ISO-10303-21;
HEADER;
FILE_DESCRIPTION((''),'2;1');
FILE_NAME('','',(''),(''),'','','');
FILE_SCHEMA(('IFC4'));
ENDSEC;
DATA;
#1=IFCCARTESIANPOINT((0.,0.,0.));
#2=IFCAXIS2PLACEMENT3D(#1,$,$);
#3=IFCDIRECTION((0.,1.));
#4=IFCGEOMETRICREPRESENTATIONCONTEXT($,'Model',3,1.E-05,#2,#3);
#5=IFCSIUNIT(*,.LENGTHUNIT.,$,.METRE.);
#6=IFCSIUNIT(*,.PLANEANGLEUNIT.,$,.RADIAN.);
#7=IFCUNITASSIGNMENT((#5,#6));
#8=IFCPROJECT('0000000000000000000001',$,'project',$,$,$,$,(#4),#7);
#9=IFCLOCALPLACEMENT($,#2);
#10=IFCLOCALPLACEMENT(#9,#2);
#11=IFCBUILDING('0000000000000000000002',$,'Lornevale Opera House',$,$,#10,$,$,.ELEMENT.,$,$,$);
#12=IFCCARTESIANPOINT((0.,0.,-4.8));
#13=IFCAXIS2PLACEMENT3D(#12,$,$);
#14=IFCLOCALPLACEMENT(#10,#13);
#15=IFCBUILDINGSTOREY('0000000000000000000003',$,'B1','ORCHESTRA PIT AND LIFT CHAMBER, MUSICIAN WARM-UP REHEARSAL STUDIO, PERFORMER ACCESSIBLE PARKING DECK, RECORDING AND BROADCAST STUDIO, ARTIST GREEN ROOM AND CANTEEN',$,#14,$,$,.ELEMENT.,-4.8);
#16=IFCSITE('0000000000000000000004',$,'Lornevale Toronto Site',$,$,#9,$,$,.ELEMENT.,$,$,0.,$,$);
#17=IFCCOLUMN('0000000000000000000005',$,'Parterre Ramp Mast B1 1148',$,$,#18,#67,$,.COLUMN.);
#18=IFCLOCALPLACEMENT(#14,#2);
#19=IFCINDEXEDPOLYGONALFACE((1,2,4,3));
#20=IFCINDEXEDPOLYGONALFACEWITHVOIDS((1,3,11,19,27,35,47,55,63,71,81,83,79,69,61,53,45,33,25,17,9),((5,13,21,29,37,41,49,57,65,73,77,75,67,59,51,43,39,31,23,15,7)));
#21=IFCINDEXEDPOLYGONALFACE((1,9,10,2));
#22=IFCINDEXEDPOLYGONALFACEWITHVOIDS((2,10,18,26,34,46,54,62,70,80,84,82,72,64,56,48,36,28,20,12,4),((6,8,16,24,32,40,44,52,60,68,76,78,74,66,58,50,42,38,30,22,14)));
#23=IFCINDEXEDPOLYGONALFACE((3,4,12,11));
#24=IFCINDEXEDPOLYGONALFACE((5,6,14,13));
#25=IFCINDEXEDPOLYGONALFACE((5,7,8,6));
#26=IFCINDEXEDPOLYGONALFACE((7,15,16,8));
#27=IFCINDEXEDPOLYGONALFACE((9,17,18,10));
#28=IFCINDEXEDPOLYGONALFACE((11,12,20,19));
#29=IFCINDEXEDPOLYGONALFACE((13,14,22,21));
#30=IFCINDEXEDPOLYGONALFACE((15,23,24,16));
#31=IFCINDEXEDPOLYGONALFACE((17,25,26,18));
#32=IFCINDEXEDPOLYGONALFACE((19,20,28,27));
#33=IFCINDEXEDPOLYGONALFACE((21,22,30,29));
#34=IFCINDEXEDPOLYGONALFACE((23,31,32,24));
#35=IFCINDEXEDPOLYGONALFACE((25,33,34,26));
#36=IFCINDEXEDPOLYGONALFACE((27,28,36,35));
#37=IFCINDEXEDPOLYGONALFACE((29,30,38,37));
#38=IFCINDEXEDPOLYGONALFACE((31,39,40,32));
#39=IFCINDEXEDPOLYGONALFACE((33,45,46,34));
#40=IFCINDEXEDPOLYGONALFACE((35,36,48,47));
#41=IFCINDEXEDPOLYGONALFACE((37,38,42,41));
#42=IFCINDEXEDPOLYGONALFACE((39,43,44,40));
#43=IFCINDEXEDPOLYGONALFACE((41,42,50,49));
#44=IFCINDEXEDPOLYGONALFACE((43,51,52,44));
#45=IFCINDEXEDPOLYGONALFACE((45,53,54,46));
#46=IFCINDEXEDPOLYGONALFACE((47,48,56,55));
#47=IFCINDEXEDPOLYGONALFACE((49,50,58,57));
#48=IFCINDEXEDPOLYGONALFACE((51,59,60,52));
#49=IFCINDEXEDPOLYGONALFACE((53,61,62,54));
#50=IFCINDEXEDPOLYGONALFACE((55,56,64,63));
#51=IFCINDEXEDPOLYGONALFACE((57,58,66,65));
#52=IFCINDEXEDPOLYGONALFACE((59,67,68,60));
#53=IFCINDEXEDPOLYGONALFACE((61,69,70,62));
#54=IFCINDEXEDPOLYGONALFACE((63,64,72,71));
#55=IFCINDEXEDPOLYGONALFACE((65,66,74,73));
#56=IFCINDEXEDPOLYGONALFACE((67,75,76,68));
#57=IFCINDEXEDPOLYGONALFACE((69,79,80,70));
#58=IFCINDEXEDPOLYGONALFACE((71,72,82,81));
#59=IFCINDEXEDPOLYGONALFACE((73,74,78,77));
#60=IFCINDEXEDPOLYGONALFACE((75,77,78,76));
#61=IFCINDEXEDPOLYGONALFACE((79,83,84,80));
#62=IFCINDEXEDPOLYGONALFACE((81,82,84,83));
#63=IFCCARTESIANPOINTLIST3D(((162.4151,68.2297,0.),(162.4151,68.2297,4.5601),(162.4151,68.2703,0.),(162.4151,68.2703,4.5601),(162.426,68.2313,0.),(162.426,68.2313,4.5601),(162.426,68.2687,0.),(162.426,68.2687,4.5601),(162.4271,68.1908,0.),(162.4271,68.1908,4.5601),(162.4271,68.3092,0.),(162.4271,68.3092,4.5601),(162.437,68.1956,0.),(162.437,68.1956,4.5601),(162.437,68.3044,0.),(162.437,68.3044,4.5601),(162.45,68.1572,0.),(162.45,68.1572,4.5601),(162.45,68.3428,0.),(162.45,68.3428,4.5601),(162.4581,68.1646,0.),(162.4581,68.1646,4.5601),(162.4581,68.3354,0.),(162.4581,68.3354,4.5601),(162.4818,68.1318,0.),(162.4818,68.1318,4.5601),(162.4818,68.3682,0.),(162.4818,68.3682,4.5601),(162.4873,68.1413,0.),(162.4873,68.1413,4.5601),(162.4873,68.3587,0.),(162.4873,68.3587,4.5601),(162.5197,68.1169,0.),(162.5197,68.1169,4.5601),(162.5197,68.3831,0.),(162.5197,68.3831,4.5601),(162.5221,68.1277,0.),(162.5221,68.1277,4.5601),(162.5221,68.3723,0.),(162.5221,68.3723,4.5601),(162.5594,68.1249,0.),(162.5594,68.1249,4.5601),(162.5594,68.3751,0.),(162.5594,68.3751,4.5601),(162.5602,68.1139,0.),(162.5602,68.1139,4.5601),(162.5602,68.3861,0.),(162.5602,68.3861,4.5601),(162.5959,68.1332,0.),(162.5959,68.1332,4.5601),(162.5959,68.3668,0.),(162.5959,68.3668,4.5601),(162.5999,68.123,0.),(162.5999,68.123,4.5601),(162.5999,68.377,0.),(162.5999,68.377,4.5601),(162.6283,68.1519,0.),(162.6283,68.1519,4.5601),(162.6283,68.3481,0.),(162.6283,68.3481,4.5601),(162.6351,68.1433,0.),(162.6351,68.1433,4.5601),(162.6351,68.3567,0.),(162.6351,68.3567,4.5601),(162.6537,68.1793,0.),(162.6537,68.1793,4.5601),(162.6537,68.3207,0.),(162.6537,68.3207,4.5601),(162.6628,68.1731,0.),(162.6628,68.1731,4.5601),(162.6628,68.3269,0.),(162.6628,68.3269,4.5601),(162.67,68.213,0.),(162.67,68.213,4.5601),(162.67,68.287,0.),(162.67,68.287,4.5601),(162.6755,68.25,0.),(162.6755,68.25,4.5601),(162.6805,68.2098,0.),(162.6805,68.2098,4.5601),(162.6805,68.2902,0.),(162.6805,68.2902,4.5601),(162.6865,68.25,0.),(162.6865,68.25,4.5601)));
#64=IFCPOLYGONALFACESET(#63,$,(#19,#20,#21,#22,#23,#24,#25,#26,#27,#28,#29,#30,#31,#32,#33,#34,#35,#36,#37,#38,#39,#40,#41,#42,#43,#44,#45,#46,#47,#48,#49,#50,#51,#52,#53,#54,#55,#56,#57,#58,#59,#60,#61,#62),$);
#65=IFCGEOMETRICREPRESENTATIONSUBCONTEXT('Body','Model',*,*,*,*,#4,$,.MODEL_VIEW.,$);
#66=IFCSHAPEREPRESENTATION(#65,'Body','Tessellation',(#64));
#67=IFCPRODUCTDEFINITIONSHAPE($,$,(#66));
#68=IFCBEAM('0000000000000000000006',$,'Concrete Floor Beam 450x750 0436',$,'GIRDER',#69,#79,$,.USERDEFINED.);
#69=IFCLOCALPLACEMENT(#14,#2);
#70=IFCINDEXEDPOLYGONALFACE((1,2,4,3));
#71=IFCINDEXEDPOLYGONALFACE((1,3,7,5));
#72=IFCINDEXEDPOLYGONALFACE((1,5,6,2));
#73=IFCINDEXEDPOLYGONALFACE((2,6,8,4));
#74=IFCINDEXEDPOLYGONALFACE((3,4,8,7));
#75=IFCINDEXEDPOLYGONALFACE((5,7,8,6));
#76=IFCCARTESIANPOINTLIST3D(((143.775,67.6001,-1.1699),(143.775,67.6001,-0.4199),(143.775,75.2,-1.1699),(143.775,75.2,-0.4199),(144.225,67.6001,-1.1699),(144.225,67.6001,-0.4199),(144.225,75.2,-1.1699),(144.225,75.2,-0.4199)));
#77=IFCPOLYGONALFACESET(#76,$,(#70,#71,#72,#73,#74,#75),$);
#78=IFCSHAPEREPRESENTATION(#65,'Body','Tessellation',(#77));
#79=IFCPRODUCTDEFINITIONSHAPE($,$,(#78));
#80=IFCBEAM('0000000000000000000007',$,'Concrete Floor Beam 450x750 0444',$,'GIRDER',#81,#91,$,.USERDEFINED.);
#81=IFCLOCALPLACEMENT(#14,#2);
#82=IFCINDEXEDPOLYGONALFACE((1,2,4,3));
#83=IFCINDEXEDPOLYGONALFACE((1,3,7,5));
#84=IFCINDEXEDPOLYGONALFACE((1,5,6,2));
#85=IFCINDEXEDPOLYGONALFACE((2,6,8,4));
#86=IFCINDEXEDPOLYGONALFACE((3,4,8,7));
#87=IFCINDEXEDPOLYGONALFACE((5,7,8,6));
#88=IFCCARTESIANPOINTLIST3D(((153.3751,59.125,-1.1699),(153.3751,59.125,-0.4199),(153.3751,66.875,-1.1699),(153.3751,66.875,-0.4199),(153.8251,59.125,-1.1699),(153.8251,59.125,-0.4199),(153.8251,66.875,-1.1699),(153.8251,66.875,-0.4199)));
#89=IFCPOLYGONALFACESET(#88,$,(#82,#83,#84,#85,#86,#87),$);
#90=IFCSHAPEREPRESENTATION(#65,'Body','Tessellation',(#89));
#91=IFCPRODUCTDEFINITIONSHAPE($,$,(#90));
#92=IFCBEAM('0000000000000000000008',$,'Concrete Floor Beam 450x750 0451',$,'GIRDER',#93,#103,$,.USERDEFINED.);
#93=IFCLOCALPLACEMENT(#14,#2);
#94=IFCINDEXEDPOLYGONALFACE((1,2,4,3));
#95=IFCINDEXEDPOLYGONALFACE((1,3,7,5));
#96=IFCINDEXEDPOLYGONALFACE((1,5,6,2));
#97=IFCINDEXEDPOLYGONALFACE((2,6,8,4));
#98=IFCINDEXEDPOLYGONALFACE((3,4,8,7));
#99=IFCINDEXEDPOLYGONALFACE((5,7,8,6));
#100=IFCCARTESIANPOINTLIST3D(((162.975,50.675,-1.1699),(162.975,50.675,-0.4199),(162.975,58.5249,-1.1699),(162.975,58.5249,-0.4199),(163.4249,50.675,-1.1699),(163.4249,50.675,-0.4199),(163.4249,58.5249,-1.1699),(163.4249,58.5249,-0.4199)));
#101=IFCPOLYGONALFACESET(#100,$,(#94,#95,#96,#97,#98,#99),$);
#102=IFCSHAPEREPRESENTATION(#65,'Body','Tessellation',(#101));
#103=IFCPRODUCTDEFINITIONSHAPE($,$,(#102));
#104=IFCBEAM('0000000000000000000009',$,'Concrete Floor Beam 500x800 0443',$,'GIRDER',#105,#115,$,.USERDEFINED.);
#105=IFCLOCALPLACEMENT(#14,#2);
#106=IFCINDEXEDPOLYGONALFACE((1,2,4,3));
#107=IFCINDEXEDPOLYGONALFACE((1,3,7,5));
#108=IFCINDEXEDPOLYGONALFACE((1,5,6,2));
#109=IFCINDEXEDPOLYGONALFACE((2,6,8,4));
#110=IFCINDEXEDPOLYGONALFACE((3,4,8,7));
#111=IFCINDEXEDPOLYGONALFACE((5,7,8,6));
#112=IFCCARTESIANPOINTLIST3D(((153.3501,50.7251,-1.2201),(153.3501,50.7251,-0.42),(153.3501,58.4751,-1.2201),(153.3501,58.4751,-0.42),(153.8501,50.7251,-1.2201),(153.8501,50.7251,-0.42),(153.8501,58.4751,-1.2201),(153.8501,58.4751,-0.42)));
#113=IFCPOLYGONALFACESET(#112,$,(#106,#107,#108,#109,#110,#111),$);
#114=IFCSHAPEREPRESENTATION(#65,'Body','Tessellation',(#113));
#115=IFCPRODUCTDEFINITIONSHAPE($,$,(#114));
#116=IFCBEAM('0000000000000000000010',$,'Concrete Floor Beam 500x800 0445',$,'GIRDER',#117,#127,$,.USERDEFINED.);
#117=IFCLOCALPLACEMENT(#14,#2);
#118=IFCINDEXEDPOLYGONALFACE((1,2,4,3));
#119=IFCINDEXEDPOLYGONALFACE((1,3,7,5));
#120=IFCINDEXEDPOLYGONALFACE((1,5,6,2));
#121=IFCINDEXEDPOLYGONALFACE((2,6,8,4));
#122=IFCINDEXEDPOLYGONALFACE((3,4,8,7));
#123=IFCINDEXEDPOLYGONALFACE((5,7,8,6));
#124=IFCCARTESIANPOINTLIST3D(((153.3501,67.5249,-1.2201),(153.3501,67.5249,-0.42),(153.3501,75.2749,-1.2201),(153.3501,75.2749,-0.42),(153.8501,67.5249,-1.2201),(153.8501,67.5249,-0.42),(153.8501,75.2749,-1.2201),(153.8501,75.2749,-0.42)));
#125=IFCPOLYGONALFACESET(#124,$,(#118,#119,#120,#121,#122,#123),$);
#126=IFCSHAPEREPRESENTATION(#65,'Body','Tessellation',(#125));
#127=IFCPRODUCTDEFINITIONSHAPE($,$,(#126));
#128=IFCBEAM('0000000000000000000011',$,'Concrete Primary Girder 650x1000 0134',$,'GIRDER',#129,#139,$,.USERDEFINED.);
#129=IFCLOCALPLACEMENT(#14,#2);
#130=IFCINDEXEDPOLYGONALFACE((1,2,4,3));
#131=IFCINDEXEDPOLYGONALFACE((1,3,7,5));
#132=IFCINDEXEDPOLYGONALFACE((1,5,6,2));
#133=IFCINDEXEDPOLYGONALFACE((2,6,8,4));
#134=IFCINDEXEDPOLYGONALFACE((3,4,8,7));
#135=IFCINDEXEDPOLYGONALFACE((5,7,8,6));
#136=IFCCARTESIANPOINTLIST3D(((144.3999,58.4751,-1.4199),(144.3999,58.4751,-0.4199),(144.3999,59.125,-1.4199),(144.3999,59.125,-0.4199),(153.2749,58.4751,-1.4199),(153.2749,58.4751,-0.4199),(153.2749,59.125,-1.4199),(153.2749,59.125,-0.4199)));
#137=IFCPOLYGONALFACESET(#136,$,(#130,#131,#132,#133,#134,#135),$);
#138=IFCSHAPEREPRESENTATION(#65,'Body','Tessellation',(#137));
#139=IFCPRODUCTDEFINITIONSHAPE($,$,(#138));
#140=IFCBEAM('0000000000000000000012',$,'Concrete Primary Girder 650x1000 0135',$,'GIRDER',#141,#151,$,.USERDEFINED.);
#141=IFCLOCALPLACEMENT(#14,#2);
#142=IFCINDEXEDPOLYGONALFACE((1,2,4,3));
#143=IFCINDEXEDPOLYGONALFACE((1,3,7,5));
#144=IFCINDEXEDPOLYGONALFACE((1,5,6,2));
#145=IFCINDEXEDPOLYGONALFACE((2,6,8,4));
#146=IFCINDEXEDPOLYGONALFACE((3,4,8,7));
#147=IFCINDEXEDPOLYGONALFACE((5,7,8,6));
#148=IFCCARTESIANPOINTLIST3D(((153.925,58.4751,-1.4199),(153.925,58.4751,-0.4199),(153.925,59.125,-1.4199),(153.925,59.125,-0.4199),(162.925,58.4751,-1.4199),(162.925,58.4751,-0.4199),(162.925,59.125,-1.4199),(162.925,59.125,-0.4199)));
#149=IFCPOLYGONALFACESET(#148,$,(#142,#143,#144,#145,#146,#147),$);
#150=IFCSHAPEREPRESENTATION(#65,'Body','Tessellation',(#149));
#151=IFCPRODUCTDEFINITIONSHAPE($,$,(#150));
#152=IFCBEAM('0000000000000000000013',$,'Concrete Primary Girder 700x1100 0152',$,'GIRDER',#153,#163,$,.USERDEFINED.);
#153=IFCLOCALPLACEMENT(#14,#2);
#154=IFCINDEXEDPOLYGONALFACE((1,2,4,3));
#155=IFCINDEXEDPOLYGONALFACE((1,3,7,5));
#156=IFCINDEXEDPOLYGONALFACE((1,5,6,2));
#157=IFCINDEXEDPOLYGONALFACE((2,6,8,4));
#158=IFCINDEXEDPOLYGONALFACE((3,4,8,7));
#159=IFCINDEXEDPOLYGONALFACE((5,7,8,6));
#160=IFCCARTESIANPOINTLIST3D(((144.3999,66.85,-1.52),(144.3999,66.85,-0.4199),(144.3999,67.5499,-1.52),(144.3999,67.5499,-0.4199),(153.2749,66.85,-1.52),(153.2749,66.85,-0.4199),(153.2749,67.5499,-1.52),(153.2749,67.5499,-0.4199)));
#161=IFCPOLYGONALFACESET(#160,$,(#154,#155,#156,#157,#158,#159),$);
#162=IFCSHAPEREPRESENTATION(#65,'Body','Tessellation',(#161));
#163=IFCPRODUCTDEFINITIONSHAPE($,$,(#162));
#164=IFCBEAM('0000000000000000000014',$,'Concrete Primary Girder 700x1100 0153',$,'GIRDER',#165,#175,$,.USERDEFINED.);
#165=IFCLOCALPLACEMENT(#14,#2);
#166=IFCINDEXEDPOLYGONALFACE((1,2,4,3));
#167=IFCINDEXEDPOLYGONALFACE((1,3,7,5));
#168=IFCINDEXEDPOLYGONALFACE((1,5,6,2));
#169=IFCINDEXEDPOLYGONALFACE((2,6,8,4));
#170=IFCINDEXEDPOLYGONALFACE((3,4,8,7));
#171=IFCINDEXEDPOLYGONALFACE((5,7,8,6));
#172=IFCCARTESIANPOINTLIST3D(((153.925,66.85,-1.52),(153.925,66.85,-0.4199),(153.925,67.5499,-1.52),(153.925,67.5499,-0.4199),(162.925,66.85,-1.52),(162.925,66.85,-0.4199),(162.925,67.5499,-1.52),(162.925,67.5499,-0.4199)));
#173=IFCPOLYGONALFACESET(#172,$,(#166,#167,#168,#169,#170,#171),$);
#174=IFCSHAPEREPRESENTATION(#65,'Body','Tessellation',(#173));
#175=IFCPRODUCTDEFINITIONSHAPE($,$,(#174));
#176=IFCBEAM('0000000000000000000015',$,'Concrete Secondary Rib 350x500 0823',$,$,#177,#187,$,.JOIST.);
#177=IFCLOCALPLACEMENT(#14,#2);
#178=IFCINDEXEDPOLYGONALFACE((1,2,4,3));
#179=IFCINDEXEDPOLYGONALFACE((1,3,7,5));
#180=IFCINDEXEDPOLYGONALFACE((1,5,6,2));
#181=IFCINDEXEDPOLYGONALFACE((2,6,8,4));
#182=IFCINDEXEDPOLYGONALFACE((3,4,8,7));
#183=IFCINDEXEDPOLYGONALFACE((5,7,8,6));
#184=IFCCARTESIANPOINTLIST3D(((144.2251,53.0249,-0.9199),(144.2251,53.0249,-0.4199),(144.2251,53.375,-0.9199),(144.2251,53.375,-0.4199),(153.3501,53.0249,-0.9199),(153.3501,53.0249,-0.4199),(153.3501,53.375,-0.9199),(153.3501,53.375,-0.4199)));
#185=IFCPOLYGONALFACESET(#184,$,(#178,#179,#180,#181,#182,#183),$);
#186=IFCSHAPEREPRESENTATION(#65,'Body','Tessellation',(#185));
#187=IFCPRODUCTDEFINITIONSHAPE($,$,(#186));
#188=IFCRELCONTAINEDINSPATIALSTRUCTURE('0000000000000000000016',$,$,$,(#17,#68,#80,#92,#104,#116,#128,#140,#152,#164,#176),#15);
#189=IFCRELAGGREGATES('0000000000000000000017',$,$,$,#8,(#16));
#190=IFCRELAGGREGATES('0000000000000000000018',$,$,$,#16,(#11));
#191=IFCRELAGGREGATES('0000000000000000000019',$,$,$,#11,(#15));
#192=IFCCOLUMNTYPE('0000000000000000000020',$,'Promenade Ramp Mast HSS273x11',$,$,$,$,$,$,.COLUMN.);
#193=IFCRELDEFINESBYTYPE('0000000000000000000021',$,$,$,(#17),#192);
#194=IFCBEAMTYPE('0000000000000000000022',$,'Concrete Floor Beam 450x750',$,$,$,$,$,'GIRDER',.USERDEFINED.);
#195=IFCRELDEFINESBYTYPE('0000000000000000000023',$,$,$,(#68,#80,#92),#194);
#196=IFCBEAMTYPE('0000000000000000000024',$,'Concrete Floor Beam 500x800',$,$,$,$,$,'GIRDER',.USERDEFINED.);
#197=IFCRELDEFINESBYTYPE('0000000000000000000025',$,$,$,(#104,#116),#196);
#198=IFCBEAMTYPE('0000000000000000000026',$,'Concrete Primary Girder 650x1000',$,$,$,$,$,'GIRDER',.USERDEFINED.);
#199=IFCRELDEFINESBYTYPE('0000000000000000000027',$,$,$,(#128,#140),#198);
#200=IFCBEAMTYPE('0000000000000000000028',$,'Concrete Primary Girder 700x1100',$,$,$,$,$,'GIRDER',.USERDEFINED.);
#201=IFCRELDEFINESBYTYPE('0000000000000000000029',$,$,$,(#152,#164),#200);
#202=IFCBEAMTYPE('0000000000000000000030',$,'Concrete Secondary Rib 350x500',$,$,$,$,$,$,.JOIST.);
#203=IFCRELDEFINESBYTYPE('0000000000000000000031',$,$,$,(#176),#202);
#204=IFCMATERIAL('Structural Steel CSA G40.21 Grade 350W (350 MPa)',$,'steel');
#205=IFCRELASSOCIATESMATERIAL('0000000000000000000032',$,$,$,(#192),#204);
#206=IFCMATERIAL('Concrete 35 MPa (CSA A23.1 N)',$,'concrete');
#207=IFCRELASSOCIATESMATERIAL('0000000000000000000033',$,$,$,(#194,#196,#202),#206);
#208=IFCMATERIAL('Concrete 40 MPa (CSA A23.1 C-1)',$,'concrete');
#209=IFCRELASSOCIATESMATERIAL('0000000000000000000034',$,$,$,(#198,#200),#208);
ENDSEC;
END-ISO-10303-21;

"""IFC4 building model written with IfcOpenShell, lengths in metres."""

from ifc_helpers import new_model, si_unit, direction, frame, origin, origin_2d, place, context, subcontext, project, spatial, rectangle, hollow_circle, extrude, material, material_profile, profile_set, type_object, element, save


model = new_model("IFC4")

# Units and contexts
model_context = context("Model", 3, precision=1e-05, world=origin(), true_north=direction((0.0, 1.0)))
body_context = subcontext(model_context, "Body", "Model", "MODEL_VIEW")
ifc_project = project(units=[si_unit("LENGTHUNIT", "METRE"), si_unit("PLANEANGLEUNIT", "RADIAN")], contexts=[model_context])

# Site, building, storey
site_placement = place(None, origin())
site = spatial("IfcSite", under=ifc_project, at=site_placement, Name="Lornevale Toronto Site", CompositionType="ELEMENT", RefElevation=0.0)
building_placement = place(site_placement, origin())
building = spatial("IfcBuilding", under=site, at=building_placement, Name="Lornevale Opera House", CompositionType="ELEMENT")
storey_placement = place(building_placement, frame((0.0, 0.0, -4.8)))
storey = spatial("IfcBuildingStorey", under=building, at=storey_placement, Name="B1", Description="ORCHESTRA PIT AND LIFT CHAMBER, MUSICIAN WARM-UP REHEARSAL STUDIO, PERFORMER ACCESSIBLE PARKING DECK, RECORDING AND BROADCAST STUDIO, ARTIST GREEN ROOM AND CANTEEN", CompositionType="ELEMENT", Elevation=-4.8)

# Column
ifc_material_1 = material(Name="Concrete 40 MPa (CSA A23.1 C-1)", Category="concrete")
ifc_material_2 = material(Name="Structural Steel CSA G40.21 Grade 350W (350 MPa)", Category="steel")
ifc_material_profile_1 = material_profile(ifc_material_2, hollow_circle(Radius=0.1365, WallThickness=0.011, at=origin_2d()), Name="HSS273x11")
ifc_profile_set_1 = profile_set([ifc_material_profile_1], Name="Structural Steel CSA G40.21 Grade 350W (350 MPa)")
column_type_1 = type_object("IfcColumnType", Name="Promenade Ramp Mast HSS273x11", PredefinedType="COLUMN", material=ifc_profile_set_1)
for number, where, z_axis, x_axis, name in (
    (1, (162.55, 68.25, 0.0), (0.0, 0.0, 1.0), (1.0, 0.0, 0.0), "Parterre Ramp Mast B1 1148"),
):
    element("IfcColumn", number, at=place(storey_placement, frame(where, z_axis=z_axis, x_axis=x_axis)), inside=storey, type_object=column_type_1, Name=name, PredefinedType="COLUMN", context=body_context, shape_type="SweptSolid", body=[
        extrude(hollow_circle(Radius=0.1365, WallThickness=0.011, at=origin_2d()), origin(), (0.0, 0.0, 1.0), 4.5601),
    ])

# Beams
ifc_material_3 = material(Name="Concrete 35 MPa (CSA A23.1 N)", Category="concrete")
ifc_material_profile_2 = material_profile(ifc_material_3, rectangle(XDim=0.45, YDim=0.75, at=origin_2d()), Name="RC450x750")
ifc_profile_set_2 = profile_set([ifc_material_profile_2], Name="Concrete 35 MPa (CSA A23.1 N)")
beam_type_1 = type_object("IfcBeamType", Name="Concrete Floor Beam 450x750", ElementType="GIRDER", PredefinedType="USERDEFINED", material=ifc_profile_set_2)
beam_1_placement = place(storey_placement, frame((144.0, 67.6001, -0.7949), z_axis=(0.0, 1.0, 0.0), x_axis=(-1.0, 0.0, 0.0)))
element("IfcBeam", 2, at=beam_1_placement, inside=storey, type_object=beam_type_1, Name="Concrete Floor Beam 450x750 0436", ObjectType="GIRDER", PredefinedType="USERDEFINED", context=body_context, shape_type="SweptSolid", body=[
    extrude(rectangle(XDim=0.45, YDim=0.75, at=origin_2d()), origin(), (0.0, 0.0, 1.0), 7.5999),
])
beam_2_placement = place(storey_placement, frame((153.6001, 59.125, -0.7949), z_axis=(0.0, 1.0, 0.0), x_axis=(-1.0, 0.0, 0.0)))
element("IfcBeam", 3, at=beam_2_placement, inside=storey, type_object=beam_type_1, Name="Concrete Floor Beam 450x750 0444", ObjectType="GIRDER", PredefinedType="USERDEFINED", context=body_context, shape_type="SweptSolid", body=[
    extrude(rectangle(XDim=0.45, YDim=0.75, at=origin_2d()), origin(), (0.0, 0.0, 1.0), 7.75),
])
beam_3_placement = place(storey_placement, frame((163.2, 50.675, -0.7949), z_axis=(0.0, 1.0, 0.0), x_axis=(-1.0, 0.0, 0.0)))
element("IfcBeam", 4, at=beam_3_placement, inside=storey, type_object=beam_type_1, Name="Concrete Floor Beam 450x750 0451", ObjectType="GIRDER", PredefinedType="USERDEFINED", context=body_context, shape_type="SweptSolid", body=[
    extrude(rectangle(XDim=0.45, YDim=0.75, at=origin_2d()), origin(), (0.0, 0.0, 1.0), 7.8499),
])
ifc_material_profile_3 = material_profile(ifc_material_3, rectangle(XDim=0.5, YDim=0.8, at=origin_2d()), Name="RC500x800")
ifc_profile_set_3 = profile_set([ifc_material_profile_3], Name="Concrete 35 MPa (CSA A23.1 N)")
beam_type_2 = type_object("IfcBeamType", Name="Concrete Floor Beam 500x800", ElementType="GIRDER", PredefinedType="USERDEFINED", material=ifc_profile_set_3)
for number, where, z_axis, x_axis, name in (
    (5, (153.6001, 50.7251, -0.8201), (0.0, 1.0, 0.0), (-1.0, 0.0, 0.0), "Concrete Floor Beam 500x800 0443"),
    (6, (153.6001, 67.5249, -0.8201), (0.0, 1.0, 0.0), (-1.0, 0.0, 0.0), "Concrete Floor Beam 500x800 0445"),
):
    element("IfcBeam", number, at=place(storey_placement, frame(where, z_axis=z_axis, x_axis=x_axis)), inside=storey, type_object=beam_type_2, Name=name, ObjectType="GIRDER", PredefinedType="USERDEFINED", context=body_context, shape_type="SweptSolid", body=[
        extrude(rectangle(XDim=0.5, YDim=0.8, at=origin_2d()), origin(), (0.0, 0.0, 1.0), 7.75),
    ])
ifc_material_profile_4 = material_profile(ifc_material_1, rectangle(XDim=0.6499, YDim=1.0, at=origin_2d()), Name="RC650x1000")
ifc_profile_set_4 = profile_set([ifc_material_profile_4], Name="Concrete 40 MPa (CSA A23.1 C-1)")
beam_type_3 = type_object("IfcBeamType", Name="Concrete Primary Girder 650x1000", ElementType="GIRDER", PredefinedType="USERDEFINED", material=ifc_profile_set_4)
beam_4_placement = place(storey_placement, frame((144.3999, 58.8, -0.9199), z_axis=(1.0, 0.0, 0.0), x_axis=(0.0, 1.0, 0.0)))
element("IfcBeam", 7, at=beam_4_placement, inside=storey, type_object=beam_type_3, Name="Concrete Primary Girder 650x1000 0134", ObjectType="GIRDER", PredefinedType="USERDEFINED", context=body_context, shape_type="SweptSolid", body=[
    extrude(rectangle(XDim=0.6499, YDim=1.0, at=origin_2d()), origin(), (0.0, 0.0, 1.0), 8.875),
])
beam_5_placement = place(storey_placement, frame((153.925, 58.8, -0.9199), z_axis=(1.0, 0.0, 0.0), x_axis=(0.0, 1.0, 0.0)))
element("IfcBeam", 8, at=beam_5_placement, inside=storey, type_object=beam_type_3, Name="Concrete Primary Girder 650x1000 0135", ObjectType="GIRDER", PredefinedType="USERDEFINED", context=body_context, shape_type="SweptSolid", body=[
    extrude(rectangle(XDim=0.6499, YDim=1.0, at=origin_2d()), origin(), (0.0, 0.0, 1.0), 9.0),
])
ifc_material_profile_5 = material_profile(ifc_material_1, rectangle(XDim=0.7, YDim=1.1001, at=origin_2d()), Name="RC700x1100")
ifc_profile_set_5 = profile_set([ifc_material_profile_5], Name="Concrete 40 MPa (CSA A23.1 C-1)")
beam_type_4 = type_object("IfcBeamType", Name="Concrete Primary Girder 700x1100", ElementType="GIRDER", PredefinedType="USERDEFINED", material=ifc_profile_set_5)
beam_6_placement = place(storey_placement, frame((144.3999, 67.2, -0.97), z_axis=(1.0, 0.0, 0.0), x_axis=(0.0, 1.0, 0.0)))
element("IfcBeam", 9, at=beam_6_placement, inside=storey, type_object=beam_type_4, Name="Concrete Primary Girder 700x1100 0152", ObjectType="GIRDER", PredefinedType="USERDEFINED", context=body_context, shape_type="SweptSolid", body=[
    extrude(rectangle(XDim=0.7, YDim=1.1001, at=origin_2d()), origin(), (0.0, 0.0, 1.0), 8.875),
])
beam_7_placement = place(storey_placement, frame((153.925, 67.2, -0.97), z_axis=(1.0, 0.0, 0.0), x_axis=(0.0, 1.0, 0.0)))
element("IfcBeam", 10, at=beam_7_placement, inside=storey, type_object=beam_type_4, Name="Concrete Primary Girder 700x1100 0153", ObjectType="GIRDER", PredefinedType="USERDEFINED", context=body_context, shape_type="SweptSolid", body=[
    extrude(rectangle(XDim=0.7, YDim=1.1001, at=origin_2d()), origin(), (0.0, 0.0, 1.0), 9.0),
])
ifc_material_profile_6 = material_profile(ifc_material_3, rectangle(XDim=0.3501, YDim=0.5, at=origin_2d()), Name="RC350x500")
ifc_profile_set_6 = profile_set([ifc_material_profile_6], Name="Concrete 35 MPa (CSA A23.1 N)")
beam_type_5 = type_object("IfcBeamType", Name="Concrete Secondary Rib 350x500", PredefinedType="JOIST", material=ifc_profile_set_6)
for number, where, z_axis, x_axis, name in (
    (11, (144.2251, 53.2, -0.6699), (1.0, 0.0, 0.0), (0.0, 1.0, 0.0), "Concrete Secondary Rib 350x500 0823"),
):
    element("IfcBeam", number, at=place(storey_placement, frame(where, z_axis=z_axis, x_axis=x_axis)), inside=storey, type_object=beam_type_5, Name=name, PredefinedType="JOIST", context=body_context, shape_type="SweptSolid", body=[
        extrude(rectangle(XDim=0.3501, YDim=0.5, at=origin_2d()), origin(), (0.0, 0.0, 1.0), 9.125),
    ])

save(model, "model.ifc")
